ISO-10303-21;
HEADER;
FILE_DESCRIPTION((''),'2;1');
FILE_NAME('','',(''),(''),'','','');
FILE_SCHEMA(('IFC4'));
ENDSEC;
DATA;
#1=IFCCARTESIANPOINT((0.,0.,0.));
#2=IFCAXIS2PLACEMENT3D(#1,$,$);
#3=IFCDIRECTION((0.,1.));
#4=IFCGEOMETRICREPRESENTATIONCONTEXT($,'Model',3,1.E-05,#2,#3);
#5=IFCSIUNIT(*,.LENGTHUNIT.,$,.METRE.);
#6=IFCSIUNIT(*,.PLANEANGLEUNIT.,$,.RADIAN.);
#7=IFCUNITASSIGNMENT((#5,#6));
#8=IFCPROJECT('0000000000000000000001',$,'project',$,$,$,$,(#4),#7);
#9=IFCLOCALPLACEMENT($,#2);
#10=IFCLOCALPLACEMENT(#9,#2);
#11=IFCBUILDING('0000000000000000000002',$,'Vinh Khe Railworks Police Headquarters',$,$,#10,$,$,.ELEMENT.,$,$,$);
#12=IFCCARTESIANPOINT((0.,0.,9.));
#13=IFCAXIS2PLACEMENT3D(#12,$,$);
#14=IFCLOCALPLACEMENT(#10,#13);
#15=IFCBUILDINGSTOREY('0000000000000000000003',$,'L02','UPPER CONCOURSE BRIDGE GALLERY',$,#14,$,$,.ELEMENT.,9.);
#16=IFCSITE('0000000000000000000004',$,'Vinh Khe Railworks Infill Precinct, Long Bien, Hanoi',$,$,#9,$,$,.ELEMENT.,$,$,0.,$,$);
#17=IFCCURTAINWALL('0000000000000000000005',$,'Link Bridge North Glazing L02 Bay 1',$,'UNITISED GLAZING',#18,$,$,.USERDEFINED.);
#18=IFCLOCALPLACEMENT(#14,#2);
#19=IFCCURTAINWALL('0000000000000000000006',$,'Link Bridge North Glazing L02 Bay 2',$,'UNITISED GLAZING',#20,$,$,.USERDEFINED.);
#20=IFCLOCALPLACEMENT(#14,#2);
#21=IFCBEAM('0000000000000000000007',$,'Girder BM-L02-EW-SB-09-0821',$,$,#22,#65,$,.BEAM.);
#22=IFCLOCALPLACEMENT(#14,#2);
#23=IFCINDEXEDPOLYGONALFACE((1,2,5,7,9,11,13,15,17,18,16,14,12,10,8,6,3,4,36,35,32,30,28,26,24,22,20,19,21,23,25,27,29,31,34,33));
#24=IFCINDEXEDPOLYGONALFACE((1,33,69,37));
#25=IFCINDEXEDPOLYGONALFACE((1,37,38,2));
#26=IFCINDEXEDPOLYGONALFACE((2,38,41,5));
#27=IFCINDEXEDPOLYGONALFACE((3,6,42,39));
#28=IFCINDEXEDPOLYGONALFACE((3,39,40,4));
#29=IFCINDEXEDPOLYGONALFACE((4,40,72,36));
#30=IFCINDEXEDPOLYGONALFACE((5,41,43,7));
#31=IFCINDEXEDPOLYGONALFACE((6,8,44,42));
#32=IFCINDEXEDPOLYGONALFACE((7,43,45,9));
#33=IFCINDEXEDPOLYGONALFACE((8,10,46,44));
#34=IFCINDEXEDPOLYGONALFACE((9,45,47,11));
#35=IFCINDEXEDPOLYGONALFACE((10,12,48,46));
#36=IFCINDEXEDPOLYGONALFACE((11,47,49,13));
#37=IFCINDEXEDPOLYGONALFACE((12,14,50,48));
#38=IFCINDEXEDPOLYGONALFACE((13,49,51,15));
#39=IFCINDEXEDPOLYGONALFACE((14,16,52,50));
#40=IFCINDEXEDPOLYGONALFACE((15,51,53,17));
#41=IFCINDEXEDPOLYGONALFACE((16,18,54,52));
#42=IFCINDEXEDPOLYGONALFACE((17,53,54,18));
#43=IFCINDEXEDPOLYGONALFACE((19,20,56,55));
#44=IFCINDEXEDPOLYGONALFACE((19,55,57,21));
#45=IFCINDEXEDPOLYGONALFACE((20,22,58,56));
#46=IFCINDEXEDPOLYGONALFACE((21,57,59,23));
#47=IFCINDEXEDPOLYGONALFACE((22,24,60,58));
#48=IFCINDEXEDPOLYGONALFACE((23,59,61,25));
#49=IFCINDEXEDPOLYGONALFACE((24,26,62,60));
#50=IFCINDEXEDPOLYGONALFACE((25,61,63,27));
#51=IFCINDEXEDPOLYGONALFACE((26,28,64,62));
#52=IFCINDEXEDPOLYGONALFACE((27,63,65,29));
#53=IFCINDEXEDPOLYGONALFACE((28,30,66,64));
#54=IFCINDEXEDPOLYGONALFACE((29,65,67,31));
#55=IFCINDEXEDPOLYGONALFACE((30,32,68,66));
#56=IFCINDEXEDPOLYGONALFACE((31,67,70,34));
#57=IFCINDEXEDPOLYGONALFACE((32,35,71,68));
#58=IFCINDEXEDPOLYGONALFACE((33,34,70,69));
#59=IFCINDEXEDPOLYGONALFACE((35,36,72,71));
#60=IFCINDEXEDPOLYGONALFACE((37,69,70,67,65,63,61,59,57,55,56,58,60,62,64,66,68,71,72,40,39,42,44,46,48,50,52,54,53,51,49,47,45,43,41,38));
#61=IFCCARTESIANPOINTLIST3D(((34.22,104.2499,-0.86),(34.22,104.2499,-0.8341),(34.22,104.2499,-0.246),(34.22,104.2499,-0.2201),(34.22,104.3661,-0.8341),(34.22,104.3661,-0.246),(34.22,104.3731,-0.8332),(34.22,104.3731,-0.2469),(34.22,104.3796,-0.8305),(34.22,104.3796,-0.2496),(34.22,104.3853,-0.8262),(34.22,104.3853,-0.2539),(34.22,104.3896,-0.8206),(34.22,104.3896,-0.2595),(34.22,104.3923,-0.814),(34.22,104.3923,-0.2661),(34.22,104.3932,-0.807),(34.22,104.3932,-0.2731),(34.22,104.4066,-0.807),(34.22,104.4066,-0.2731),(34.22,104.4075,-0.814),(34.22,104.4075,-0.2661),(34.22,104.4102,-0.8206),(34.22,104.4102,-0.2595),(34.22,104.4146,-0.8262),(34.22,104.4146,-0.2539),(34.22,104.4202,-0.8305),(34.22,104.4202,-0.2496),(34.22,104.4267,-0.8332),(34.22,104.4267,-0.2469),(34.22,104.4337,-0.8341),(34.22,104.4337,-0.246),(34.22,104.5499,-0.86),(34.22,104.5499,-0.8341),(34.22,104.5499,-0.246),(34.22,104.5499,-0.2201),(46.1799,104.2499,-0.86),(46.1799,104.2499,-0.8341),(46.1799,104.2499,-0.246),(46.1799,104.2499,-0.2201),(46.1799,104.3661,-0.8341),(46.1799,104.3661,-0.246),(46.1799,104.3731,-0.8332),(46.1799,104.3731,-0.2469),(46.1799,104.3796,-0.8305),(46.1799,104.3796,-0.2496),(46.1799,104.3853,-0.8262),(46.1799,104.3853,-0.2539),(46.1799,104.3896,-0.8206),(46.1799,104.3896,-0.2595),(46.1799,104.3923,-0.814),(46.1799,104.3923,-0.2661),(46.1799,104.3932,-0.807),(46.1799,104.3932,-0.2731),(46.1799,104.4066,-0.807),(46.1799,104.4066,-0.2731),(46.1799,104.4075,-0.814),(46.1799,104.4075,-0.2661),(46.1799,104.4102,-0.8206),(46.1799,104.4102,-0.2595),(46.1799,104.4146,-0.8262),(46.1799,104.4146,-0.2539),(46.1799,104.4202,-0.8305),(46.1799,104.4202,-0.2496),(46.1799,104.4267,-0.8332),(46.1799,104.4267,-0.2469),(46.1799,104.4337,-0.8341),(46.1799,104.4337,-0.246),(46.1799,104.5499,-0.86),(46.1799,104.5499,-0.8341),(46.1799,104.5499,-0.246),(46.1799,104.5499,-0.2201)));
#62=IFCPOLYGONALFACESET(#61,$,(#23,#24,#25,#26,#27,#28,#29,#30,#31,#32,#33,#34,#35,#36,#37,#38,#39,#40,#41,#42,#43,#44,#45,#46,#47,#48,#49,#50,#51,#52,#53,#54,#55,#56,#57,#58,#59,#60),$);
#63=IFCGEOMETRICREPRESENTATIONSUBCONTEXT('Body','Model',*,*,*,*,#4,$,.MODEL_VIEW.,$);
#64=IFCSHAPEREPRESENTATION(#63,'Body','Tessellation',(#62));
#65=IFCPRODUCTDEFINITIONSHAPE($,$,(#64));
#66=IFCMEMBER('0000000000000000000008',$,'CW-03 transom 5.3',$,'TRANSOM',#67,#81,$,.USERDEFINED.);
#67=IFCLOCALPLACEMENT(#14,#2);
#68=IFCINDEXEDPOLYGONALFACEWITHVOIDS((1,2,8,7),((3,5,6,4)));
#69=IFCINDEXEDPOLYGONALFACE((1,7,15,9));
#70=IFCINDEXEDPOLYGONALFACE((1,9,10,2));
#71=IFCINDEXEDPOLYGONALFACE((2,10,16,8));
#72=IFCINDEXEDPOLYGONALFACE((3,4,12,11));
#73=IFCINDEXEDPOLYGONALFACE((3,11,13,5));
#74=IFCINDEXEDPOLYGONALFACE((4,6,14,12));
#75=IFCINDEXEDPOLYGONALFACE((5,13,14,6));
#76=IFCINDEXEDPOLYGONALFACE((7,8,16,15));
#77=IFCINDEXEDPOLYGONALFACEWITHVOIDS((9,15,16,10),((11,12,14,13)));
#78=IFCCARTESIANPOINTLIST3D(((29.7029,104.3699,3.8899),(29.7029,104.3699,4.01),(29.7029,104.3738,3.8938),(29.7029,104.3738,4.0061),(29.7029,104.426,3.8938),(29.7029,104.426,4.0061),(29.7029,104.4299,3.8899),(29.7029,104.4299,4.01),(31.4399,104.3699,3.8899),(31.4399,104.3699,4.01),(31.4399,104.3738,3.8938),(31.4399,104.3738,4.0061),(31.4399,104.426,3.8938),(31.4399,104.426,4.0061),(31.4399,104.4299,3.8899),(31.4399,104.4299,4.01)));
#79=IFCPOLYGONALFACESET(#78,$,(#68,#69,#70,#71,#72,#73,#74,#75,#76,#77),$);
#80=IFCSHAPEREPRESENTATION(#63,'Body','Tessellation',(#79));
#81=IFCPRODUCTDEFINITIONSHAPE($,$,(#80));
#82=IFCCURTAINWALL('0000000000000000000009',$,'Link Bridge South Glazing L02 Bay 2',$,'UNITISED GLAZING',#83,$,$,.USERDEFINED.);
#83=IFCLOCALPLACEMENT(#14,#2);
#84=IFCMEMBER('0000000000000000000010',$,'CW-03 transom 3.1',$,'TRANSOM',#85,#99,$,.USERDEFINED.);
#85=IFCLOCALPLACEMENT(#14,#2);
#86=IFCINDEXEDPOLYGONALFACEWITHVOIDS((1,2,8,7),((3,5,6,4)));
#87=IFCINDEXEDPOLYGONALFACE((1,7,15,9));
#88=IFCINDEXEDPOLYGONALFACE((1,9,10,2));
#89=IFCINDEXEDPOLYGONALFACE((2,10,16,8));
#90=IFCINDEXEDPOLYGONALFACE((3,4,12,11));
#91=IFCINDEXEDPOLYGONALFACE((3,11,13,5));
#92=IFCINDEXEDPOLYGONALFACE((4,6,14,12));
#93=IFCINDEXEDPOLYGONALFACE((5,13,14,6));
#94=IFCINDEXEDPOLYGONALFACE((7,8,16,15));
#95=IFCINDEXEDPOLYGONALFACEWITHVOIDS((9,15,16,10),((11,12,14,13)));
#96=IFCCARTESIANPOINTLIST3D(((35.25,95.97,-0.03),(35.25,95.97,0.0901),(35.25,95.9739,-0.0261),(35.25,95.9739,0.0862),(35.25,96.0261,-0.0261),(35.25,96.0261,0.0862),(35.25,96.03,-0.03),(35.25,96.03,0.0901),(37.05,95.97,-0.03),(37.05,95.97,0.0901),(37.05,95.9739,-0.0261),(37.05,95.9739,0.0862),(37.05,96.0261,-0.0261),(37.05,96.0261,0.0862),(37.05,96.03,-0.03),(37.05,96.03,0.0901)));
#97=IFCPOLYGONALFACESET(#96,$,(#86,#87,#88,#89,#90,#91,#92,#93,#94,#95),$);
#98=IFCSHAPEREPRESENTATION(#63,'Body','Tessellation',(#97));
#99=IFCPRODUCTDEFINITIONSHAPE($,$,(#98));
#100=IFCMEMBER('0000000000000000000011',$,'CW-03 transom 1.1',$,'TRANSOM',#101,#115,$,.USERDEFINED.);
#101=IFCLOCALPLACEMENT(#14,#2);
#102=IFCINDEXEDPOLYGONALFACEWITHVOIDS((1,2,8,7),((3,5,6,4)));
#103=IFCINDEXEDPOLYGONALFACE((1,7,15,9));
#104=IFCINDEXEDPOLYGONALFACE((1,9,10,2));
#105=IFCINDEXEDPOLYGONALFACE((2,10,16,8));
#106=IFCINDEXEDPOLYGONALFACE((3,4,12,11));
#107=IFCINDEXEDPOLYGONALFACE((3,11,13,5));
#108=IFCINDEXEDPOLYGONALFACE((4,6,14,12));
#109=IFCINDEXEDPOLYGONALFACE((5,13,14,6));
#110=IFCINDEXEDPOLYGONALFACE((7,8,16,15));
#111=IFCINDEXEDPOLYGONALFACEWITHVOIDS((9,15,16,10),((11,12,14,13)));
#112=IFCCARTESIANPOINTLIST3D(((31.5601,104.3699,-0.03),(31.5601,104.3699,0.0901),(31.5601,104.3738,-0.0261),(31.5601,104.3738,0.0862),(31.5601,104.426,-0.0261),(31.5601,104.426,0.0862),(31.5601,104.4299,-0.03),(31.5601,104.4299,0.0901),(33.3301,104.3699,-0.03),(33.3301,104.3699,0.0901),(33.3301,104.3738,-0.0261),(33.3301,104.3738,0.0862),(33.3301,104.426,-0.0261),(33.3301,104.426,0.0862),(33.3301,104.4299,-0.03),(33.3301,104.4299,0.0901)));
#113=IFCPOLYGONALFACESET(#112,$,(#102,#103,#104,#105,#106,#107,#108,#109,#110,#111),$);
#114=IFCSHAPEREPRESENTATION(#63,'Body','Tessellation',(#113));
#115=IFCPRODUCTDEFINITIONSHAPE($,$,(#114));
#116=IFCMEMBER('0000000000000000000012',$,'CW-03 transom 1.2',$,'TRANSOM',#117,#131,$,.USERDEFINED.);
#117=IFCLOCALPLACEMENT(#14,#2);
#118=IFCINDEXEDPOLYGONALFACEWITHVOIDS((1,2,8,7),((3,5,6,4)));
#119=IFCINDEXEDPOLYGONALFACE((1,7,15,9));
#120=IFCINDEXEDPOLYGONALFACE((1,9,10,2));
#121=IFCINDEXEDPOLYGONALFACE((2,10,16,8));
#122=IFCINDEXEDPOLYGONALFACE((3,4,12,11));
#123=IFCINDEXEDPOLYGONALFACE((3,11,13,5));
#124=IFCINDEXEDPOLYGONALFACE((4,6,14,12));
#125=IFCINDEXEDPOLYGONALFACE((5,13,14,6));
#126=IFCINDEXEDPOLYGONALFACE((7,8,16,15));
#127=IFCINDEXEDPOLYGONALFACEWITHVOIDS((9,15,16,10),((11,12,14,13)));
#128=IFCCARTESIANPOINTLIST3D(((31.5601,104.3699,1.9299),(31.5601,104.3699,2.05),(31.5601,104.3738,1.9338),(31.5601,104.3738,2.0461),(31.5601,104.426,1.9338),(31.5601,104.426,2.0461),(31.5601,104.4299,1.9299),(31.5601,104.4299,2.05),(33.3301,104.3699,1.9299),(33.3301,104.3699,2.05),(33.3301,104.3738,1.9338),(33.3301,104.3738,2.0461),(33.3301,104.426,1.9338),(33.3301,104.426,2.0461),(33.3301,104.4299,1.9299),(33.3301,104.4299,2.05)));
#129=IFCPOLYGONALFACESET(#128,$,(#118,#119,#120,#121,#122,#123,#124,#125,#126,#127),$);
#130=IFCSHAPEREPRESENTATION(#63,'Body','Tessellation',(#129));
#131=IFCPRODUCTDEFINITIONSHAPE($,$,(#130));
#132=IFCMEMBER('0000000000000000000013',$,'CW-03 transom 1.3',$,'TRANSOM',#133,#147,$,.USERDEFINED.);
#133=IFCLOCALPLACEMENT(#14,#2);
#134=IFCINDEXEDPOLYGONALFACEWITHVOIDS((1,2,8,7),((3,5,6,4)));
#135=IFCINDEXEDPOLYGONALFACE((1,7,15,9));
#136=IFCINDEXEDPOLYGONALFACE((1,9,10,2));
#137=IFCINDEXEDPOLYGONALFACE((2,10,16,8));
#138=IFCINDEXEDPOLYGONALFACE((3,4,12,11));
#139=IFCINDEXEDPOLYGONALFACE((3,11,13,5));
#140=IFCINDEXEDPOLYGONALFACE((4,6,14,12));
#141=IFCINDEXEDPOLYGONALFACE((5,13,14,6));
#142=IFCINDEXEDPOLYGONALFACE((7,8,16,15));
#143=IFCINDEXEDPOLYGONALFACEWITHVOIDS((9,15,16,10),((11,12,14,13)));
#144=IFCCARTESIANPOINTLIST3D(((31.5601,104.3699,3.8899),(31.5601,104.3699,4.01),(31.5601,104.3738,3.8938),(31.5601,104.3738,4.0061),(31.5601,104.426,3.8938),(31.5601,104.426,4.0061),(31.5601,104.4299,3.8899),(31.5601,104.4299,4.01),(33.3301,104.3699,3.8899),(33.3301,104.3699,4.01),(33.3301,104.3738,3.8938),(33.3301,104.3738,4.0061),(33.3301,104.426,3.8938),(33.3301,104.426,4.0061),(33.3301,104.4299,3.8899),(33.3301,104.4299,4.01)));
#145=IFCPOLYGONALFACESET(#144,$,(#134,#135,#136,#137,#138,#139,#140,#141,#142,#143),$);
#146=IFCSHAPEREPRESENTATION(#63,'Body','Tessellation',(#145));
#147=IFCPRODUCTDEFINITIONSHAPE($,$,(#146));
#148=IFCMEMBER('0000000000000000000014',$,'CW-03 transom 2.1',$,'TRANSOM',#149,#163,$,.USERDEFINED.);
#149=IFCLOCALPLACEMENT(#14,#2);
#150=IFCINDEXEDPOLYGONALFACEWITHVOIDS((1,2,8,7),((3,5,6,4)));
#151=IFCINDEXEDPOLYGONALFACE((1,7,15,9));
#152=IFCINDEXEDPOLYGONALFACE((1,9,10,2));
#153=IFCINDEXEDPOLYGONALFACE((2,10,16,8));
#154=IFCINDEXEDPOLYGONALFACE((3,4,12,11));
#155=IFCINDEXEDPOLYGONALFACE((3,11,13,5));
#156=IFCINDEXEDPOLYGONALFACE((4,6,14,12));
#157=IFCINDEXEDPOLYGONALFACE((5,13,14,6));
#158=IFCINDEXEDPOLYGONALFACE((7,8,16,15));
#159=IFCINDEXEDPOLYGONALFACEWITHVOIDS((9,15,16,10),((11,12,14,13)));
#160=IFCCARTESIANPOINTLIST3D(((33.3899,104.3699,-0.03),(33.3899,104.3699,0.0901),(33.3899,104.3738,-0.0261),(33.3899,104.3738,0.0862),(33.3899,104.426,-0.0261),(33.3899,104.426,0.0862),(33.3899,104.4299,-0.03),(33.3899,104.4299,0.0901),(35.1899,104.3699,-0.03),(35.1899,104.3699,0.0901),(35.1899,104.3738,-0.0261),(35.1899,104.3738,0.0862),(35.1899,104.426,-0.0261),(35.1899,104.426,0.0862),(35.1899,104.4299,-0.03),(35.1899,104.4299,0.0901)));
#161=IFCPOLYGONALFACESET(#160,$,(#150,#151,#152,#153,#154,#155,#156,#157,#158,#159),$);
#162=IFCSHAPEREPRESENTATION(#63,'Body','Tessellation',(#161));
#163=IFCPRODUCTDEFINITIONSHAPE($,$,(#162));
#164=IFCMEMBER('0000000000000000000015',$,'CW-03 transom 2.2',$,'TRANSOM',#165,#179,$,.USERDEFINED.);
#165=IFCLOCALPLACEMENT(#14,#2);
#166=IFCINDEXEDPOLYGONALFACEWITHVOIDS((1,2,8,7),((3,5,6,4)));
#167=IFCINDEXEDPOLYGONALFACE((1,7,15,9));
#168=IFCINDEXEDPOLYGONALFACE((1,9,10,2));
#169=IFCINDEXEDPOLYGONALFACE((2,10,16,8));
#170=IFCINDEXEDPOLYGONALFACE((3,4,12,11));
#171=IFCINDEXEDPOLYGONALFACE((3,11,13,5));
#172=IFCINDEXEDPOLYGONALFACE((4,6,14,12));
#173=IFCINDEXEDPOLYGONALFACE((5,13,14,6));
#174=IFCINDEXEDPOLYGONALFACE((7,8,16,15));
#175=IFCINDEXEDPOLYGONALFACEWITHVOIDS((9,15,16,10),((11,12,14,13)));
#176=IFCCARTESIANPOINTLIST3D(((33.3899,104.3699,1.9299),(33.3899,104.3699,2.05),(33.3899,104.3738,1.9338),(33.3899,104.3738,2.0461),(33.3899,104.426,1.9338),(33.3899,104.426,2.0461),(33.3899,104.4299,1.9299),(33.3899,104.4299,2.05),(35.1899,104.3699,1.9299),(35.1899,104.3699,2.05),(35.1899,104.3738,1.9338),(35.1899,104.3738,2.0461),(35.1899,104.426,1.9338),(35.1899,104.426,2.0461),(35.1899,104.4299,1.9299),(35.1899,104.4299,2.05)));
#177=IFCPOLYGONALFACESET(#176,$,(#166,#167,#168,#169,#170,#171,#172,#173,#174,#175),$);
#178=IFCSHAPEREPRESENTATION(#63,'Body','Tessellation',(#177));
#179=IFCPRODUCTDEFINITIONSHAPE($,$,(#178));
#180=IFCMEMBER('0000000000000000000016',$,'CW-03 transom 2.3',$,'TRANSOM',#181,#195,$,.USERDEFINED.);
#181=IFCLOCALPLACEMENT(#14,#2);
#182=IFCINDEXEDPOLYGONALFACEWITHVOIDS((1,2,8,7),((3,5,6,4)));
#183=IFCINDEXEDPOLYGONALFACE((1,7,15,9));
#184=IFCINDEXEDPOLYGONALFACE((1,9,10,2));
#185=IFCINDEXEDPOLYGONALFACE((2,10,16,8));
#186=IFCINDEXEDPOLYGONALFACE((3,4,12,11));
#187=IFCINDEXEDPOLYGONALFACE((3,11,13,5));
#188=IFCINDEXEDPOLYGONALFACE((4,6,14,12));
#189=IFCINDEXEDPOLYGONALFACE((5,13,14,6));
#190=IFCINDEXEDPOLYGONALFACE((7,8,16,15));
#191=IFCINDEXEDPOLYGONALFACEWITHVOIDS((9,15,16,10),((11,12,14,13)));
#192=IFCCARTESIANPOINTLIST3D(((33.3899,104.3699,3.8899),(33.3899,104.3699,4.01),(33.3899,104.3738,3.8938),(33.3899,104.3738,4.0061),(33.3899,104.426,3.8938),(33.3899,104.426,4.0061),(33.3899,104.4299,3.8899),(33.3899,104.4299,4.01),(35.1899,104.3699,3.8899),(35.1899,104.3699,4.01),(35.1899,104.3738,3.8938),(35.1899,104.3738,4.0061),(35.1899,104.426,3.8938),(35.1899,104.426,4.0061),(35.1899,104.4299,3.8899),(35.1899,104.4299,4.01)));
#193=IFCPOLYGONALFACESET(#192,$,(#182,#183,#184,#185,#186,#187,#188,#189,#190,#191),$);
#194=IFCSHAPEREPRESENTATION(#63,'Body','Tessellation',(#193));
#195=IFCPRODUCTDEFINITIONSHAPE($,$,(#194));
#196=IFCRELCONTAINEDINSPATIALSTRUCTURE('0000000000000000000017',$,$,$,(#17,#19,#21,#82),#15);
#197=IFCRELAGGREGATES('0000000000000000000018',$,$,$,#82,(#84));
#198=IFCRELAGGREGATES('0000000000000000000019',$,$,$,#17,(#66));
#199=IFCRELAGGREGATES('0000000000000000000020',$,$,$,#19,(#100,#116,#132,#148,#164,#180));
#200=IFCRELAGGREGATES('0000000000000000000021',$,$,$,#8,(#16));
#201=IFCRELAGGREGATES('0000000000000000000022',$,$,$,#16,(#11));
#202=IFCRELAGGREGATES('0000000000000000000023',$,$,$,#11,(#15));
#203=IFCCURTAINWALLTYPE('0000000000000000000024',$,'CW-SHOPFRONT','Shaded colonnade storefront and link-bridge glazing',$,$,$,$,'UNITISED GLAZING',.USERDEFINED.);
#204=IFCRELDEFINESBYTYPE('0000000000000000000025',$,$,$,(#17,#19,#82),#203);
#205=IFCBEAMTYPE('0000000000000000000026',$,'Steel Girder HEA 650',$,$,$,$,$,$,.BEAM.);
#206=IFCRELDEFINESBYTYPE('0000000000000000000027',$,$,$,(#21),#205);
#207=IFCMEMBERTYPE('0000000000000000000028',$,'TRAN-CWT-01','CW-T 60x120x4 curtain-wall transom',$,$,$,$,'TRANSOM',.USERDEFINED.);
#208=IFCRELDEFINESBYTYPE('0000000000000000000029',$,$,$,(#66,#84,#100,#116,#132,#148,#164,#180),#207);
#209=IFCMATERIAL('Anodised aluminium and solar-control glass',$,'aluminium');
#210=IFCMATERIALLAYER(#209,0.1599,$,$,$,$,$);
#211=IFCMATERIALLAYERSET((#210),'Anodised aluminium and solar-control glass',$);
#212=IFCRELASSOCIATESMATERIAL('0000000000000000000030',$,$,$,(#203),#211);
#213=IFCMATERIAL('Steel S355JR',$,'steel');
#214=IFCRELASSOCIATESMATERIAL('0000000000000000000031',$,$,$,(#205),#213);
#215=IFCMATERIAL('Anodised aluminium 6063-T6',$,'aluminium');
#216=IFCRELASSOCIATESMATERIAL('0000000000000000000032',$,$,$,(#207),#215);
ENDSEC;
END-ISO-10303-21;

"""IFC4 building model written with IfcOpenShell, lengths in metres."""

from ifc_helpers import new_model, si_unit, direction, frame, origin, origin_2d, place, context, subcontext, project, spatial, hollow_rectangle, i_section, extrude, material, layer, layer_set, material_profile, profile_set, type_object, element, aggregate, save


model = new_model("IFC4")

# Units and contexts
model_context = context("Model", 3, precision=1e-05, world=origin(), true_north=direction((0.0, 1.0)))
body_context = subcontext(model_context, "Body", "Model", "MODEL_VIEW")
ifc_project = project(units=[si_unit("LENGTHUNIT", "METRE"), si_unit("PLANEANGLEUNIT", "RADIAN")], contexts=[model_context])

# Site, building, storey
site_placement = place(None, origin())
site = spatial("IfcSite", under=ifc_project, at=site_placement, Name="Vinh Khe Railworks Infill Precinct, Long Bien, Hanoi", CompositionType="ELEMENT", RefElevation=0.0)
building_placement = place(site_placement, origin())
building = spatial("IfcBuilding", under=site, at=building_placement, Name="Vinh Khe Railworks Police Headquarters", CompositionType="ELEMENT")
storey_placement = place(building_placement, frame((0.0, 0.0, 9.0)))
storey = spatial("IfcBuildingStorey", under=building, at=storey_placement, Name="L02", Description="UPPER CONCOURSE BRIDGE GALLERY", CompositionType="ELEMENT", Elevation=9.0)

# Shared definitions
ifc_material_1 = material(Name="Steel S355JR", Category="steel")

# Curtain wall
ifc_material_2 = material(Name="Anodised aluminium and solar-control glass", Category="aluminium")
ifc_layer_1 = layer(ifc_material_2, 0.1599)
ifc_layer_set_1 = layer_set([ifc_layer_1], Name="Anodised aluminium and solar-control glass")
curtain_wall_type = type_object("IfcCurtainWallType", Name="CW-SHOPFRONT", Description="Shaded colonnade storefront and link-bridge glazing", ElementType="UNITISED GLAZING", PredefinedType="USERDEFINED", material=ifc_layer_set_1)
curtain_wall_1_placement = place(storey_placement, origin())
curtain_wall_1 = element("IfcCurtainWall", 1, at=curtain_wall_1_placement, inside=storey, type_object=curtain_wall_type, Name="Link Bridge North Glazing L02 Bay 1", ObjectType="UNITISED GLAZING", PredefinedType="USERDEFINED")
ifc_material_3 = material(Name="Anodised aluminium 6063-T6", Category="aluminium")

# Curtain wall
curtain_wall_2_placement = place(storey_placement, origin())
curtain_wall_2 = element("IfcCurtainWall", 2, at=curtain_wall_2_placement, inside=storey, type_object=curtain_wall_type, Name="Link Bridge North Glazing L02 Bay 2", ObjectType="UNITISED GLAZING", PredefinedType="USERDEFINED")

# Beam
ifc_material_profile_1 = material_profile(ifc_material_1, i_section(OverallWidth=0.3, OverallDepth=0.6399, WebThickness=0.0134, FlangeThickness=0.0259, FilletRadius=0.0271, at=origin_2d()), Name="HEA 650")
ifc_profile_set_1 = profile_set([ifc_material_profile_1], Name="Steel S355JR")
beam_type_1 = type_object("IfcBeamType", Name="Steel Girder HEA 650", PredefinedType="BEAM", material=ifc_profile_set_1)
beam_1_placement = place(storey_placement, frame((34.22, 104.3999, -0.54), z_axis=(1.0, 0.0, 0.0), x_axis=(0.0, 1.0, 0.0)))
element("IfcBeam", 3, at=beam_1_placement, inside=storey, type_object=beam_type_1, Name="Girder BM-L02-EW-SB-09-0821", PredefinedType="BEAM", context=body_context, shape_type="SweptSolid", body=[
    extrude(i_section(OverallWidth=0.3, OverallDepth=0.6399, WebThickness=0.0134, FlangeThickness=0.0259, FilletRadius=0.0271, at=origin_2d()), origin(), (0.0, 0.0, 1.0), 11.96),
])

# Member
ifc_material_profile_2 = material_profile(ifc_material_3, hollow_rectangle(XDim=0.0601, YDim=0.1201, WallThickness=0.0039, at=origin_2d()), Name="CW-T 60x120x4")
ifc_profile_set_2 = profile_set([ifc_material_profile_2], Name="Anodised aluminium 6063-T6")
member_type_1 = type_object("IfcMemberType", Name="TRAN-CWT-01", Description="CW-T 60x120x4 curtain-wall transom", ElementType="TRANSOM", PredefinedType="USERDEFINED", material=ifc_profile_set_2)
member_1_placement = place(storey_placement, frame((29.7029, 104.3999, 3.95), z_axis=(1.0, 0.0, 0.0), x_axis=(0.0, 1.0, 0.0)))
member_1 = element("IfcMember", 4, at=member_1_placement, type_object=member_type_1, Name="CW-03 transom 5.3", ObjectType="TRANSOM", PredefinedType="USERDEFINED", context=body_context, shape_type="SweptSolid", body=[
    extrude(hollow_rectangle(XDim=0.0601, YDim=0.1201, WallThickness=0.0039, at=origin_2d()), origin(), (0.0, 0.0, 1.0), 1.7371),
])

# Curtain wall, member
curtain_wall_3_placement = place(storey_placement, origin())
curtain_wall_3 = element("IfcCurtainWall", 5, at=curtain_wall_3_placement, inside=storey, type_object=curtain_wall_type, Name="Link Bridge South Glazing L02 Bay 2", ObjectType="UNITISED GLAZING", PredefinedType="USERDEFINED")
member_2_placement = place(storey_placement, frame((35.25, 96.0, 0.03), z_axis=(1.0, 0.0, 0.0), x_axis=(0.0, 1.0, 0.0)))
member_2 = element("IfcMember", 6, at=member_2_placement, type_object=member_type_1, Name="CW-03 transom 3.1", ObjectType="TRANSOM", PredefinedType="USERDEFINED", context=body_context, shape_type="SweptSolid", body=[
    extrude(hollow_rectangle(XDim=0.0601, YDim=0.1201, WallThickness=0.0039, at=origin_2d()), origin(), (0.0, 0.0, 1.0), 1.8),
])
aggregate(curtain_wall_3, [member_2])

# Members
member_3_placement = place(storey_placement, frame((31.5601, 104.3999, 0.03), z_axis=(1.0, 0.0, 0.0), x_axis=(0.0, 1.0, 0.0)))
member_3 = element("IfcMember", 7, at=member_3_placement, type_object=member_type_1, Name="CW-03 transom 1.1", ObjectType="TRANSOM", PredefinedType="USERDEFINED", context=body_context, shape_type="SweptSolid", body=[
    extrude(hollow_rectangle(XDim=0.0601, YDim=0.1201, WallThickness=0.0039, at=origin_2d()), origin(), (0.0, 0.0, 1.0), 1.77),
])
member_4_placement = place(storey_placement, frame((31.5601, 104.3999, 1.99), z_axis=(1.0, 0.0, 0.0), x_axis=(0.0, 1.0, 0.0)))
member_4 = element("IfcMember", 8, at=member_4_placement, type_object=member_type_1, Name="CW-03 transom 1.2", ObjectType="TRANSOM", PredefinedType="USERDEFINED", context=body_context, shape_type="SweptSolid", body=[
    extrude(hollow_rectangle(XDim=0.0601, YDim=0.1201, WallThickness=0.0039, at=origin_2d()), origin(), (0.0, 0.0, 1.0), 1.77),
])
member_5_placement = place(storey_placement, frame((31.5601, 104.3999, 3.95), z_axis=(1.0, 0.0, 0.0), x_axis=(0.0, 1.0, 0.0)))
member_5 = element("IfcMember", 9, at=member_5_placement, type_object=member_type_1, Name="CW-03 transom 1.3", ObjectType="TRANSOM", PredefinedType="USERDEFINED", context=body_context, shape_type="SweptSolid", body=[
    extrude(hollow_rectangle(XDim=0.0601, YDim=0.1201, WallThickness=0.0039, at=origin_2d()), origin(), (0.0, 0.0, 1.0), 1.77),
])
member_6_placement = place(storey_placement, frame((33.3899, 104.3999, 0.03), z_axis=(1.0, 0.0, 0.0), x_axis=(0.0, 1.0, 0.0)))
member_6 = element("IfcMember", 10, at=member_6_placement, type_object=member_type_1, Name="CW-03 transom 2.1", ObjectType="TRANSOM", PredefinedType="USERDEFINED", context=body_context, shape_type="SweptSolid", body=[
    extrude(hollow_rectangle(XDim=0.0601, YDim=0.1201, WallThickness=0.0039, at=origin_2d()), origin(), (0.0, 0.0, 1.0), 1.8),
])
member_7_placement = place(storey_placement, frame((33.3899, 104.3999, 1.99), z_axis=(1.0, 0.0, 0.0), x_axis=(0.0, 1.0, 0.0)))
member_7 = element("IfcMember", 11, at=member_7_placement, type_object=member_type_1, Name="CW-03 transom 2.2", ObjectType="TRANSOM", PredefinedType="USERDEFINED", context=body_context, shape_type="SweptSolid", body=[
    extrude(hollow_rectangle(XDim=0.0601, YDim=0.1201, WallThickness=0.0039, at=origin_2d()), origin(), (0.0, 0.0, 1.0), 1.8),
])
member_8_placement = place(storey_placement, frame((33.3899, 104.3999, 3.95), z_axis=(1.0, 0.0, 0.0), x_axis=(0.0, 1.0, 0.0)))
member_8 = element("IfcMember", 12, at=member_8_placement, type_object=member_type_1, Name="CW-03 transom 2.3", ObjectType="TRANSOM", PredefinedType="USERDEFINED", context=body_context, shape_type="SweptSolid", body=[
    extrude(hollow_rectangle(XDim=0.0601, YDim=0.1201, WallThickness=0.0039, at=origin_2d()), origin(), (0.0, 0.0, 1.0), 1.8),
])

aggregate(curtain_wall_1, [member_1])
aggregate(curtain_wall_2, [member_3, member_4, member_5, member_6, member_7, member_8])

save(model, "model.ifc")
